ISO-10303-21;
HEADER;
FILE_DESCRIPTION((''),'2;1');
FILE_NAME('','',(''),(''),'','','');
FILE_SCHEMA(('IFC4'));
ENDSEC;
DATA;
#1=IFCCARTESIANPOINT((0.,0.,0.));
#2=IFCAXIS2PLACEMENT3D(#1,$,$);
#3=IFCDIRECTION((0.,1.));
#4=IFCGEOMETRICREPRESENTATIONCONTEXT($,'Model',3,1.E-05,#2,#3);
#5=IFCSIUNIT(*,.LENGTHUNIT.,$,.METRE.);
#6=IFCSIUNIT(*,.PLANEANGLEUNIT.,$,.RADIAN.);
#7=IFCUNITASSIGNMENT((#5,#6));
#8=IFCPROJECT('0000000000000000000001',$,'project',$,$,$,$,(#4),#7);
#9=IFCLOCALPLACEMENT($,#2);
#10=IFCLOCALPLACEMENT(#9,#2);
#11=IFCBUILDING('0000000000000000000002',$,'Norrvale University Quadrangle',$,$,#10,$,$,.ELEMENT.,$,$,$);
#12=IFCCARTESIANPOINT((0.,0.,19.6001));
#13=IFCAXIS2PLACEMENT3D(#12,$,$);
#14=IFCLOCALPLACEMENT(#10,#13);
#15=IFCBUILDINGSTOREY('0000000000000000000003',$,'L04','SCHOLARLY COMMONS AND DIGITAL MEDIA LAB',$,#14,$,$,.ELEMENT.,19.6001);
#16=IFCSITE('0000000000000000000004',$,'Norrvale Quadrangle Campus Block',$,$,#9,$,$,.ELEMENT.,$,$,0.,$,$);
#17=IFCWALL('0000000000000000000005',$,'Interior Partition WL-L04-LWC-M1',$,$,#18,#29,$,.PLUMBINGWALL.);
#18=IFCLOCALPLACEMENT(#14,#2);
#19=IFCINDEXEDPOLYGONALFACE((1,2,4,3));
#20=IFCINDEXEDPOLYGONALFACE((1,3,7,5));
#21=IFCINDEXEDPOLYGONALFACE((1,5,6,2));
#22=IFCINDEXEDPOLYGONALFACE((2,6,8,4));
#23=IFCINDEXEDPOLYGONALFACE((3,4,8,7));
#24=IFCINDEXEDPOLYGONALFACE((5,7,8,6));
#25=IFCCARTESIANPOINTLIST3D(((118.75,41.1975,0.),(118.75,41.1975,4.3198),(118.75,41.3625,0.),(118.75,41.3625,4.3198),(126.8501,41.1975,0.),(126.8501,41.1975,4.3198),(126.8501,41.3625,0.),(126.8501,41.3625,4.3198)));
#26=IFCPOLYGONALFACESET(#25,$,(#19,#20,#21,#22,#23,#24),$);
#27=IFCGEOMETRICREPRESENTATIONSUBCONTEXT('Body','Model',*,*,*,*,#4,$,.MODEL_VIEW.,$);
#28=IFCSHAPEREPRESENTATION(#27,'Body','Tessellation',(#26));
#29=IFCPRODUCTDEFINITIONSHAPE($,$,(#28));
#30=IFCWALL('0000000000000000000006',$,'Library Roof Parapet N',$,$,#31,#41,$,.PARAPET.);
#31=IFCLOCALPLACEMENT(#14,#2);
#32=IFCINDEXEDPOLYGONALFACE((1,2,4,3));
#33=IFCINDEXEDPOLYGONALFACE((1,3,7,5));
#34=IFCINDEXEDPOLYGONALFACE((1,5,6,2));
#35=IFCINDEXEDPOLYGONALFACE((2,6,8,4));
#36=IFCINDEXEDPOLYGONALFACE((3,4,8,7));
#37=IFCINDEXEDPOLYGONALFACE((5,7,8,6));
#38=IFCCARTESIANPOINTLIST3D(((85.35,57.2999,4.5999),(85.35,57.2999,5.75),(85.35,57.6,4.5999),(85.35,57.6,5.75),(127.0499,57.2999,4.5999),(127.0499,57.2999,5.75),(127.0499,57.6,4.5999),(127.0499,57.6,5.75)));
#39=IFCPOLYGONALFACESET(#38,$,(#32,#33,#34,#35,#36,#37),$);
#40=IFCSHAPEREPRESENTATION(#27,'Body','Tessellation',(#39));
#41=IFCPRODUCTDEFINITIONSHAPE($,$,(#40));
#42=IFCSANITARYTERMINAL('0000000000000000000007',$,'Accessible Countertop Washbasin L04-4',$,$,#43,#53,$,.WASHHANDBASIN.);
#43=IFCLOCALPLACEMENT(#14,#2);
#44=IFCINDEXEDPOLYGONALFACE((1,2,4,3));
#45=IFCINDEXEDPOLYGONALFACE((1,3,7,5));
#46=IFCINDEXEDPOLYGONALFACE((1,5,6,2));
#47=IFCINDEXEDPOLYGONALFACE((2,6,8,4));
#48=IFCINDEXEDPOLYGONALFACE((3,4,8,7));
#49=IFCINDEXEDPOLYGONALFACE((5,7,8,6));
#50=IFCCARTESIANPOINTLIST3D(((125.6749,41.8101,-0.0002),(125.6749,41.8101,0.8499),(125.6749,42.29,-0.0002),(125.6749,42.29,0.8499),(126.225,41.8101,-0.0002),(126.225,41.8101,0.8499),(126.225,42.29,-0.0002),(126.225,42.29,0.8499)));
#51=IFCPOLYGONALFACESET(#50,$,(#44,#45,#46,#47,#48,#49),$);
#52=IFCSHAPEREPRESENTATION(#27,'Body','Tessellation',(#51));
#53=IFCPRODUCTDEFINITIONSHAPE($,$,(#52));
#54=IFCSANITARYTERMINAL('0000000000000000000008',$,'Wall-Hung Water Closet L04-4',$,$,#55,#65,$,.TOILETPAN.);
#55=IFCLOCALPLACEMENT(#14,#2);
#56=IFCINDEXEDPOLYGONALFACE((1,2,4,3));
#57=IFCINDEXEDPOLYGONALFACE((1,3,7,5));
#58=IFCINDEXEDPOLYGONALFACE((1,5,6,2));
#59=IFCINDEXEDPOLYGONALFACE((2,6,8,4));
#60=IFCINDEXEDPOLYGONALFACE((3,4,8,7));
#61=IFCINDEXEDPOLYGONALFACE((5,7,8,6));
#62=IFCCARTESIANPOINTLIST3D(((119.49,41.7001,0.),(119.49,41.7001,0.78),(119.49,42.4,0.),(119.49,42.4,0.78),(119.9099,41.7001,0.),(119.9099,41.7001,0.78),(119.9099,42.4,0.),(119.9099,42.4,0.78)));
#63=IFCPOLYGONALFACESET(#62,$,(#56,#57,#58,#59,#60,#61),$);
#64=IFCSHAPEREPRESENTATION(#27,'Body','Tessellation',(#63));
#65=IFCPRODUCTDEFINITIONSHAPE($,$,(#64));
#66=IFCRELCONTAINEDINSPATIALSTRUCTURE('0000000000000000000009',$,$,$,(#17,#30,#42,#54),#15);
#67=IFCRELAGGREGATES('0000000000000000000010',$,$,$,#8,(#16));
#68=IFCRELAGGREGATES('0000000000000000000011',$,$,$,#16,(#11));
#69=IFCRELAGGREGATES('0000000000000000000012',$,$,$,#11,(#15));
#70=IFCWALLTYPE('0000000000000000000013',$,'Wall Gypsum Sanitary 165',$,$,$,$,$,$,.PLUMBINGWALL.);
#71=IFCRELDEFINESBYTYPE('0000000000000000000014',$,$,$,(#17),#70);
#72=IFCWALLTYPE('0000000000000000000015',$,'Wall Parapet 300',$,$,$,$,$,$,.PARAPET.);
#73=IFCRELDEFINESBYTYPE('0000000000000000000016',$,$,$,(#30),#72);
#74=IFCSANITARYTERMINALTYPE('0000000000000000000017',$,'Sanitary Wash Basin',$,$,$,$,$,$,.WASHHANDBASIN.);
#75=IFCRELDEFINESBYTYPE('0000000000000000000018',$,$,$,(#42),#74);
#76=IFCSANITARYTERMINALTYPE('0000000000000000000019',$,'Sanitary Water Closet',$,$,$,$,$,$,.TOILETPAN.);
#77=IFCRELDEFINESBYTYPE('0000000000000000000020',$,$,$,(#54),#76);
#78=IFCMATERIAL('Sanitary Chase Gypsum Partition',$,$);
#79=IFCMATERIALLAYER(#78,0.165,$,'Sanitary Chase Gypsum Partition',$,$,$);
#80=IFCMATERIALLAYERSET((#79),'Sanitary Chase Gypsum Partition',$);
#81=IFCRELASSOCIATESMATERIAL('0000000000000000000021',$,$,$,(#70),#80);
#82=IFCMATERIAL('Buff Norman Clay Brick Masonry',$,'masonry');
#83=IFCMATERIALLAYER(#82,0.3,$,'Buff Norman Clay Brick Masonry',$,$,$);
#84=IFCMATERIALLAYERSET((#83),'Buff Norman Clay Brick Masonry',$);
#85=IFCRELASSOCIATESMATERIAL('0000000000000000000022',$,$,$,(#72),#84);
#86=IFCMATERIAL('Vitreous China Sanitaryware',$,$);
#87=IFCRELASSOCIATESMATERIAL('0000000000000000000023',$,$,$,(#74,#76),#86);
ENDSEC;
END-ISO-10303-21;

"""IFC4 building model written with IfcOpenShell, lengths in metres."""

from ifc_helpers import new_model, si_unit, direction, frame, frame_2d, origin, origin_2d, place, context, subcontext, project, spatial, rectangle, extrude, material, layer, layer_set, type_object, element, save


model = new_model("IFC4")

# Units and contexts
model_context = context("Model", 3, precision=1e-05, world=origin(), true_north=direction((0.0, 1.0)))
body_context = subcontext(model_context, "Body", "Model", "MODEL_VIEW")
ifc_project = project(units=[si_unit("LENGTHUNIT", "METRE"), si_unit("PLANEANGLEUNIT", "RADIAN")], contexts=[model_context])

# Site, building, storey
site_placement = place(None, origin())
site = spatial("IfcSite", under=ifc_project, at=site_placement, Name="Norrvale Quadrangle Campus Block", CompositionType="ELEMENT", RefElevation=0.0)
building_placement = place(site_placement, origin())
building = spatial("IfcBuilding", under=site, at=building_placement, Name="Norrvale University Quadrangle", CompositionType="ELEMENT")
storey_placement = place(building_placement, frame((0.0, 0.0, 19.6001)))
storey = spatial("IfcBuildingStorey", under=building, at=storey_placement, Name="L04", Description="SCHOLARLY COMMONS AND DIGITAL MEDIA LAB", CompositionType="ELEMENT", Elevation=19.6001)

# Walls
ifc_material_1 = material(Name="Sanitary Chase Gypsum Partition")
ifc_layer_1 = layer(ifc_material_1, 0.165, Name="Sanitary Chase Gypsum Partition")
ifc_layer_set_1 = layer_set([ifc_layer_1], Name="Sanitary Chase Gypsum Partition")
wall_type_1 = type_object("IfcWallType", Name="Wall Gypsum Sanitary 165", PredefinedType="PLUMBINGWALL", material=ifc_layer_set_1)
wall_1_placement = place(storey_placement, frame((118.75, 41.28, 0.0), z_axis=(0.0, 0.0, 1.0), x_axis=(1.0, 0.0, 0.0)))
element("IfcWall", 1, at=wall_1_placement, inside=storey, type_object=wall_type_1, Name="Interior Partition WL-L04-LWC-M1", PredefinedType="PLUMBINGWALL", context=body_context, shape_type="SweptSolid", body=[
    extrude(rectangle(XDim=8.1001, YDim=0.165, at=frame_2d((4.05, 0.0))), origin(), (0.0, 0.0, 1.0), 4.3198),
])
ifc_material_2 = material(Name="Buff Norman Clay Brick Masonry", Category="masonry")
ifc_layer_2 = layer(ifc_material_2, 0.3, Name="Buff Norman Clay Brick Masonry")
ifc_layer_set_2 = layer_set([ifc_layer_2], Name="Buff Norman Clay Brick Masonry")
wall_type_2 = type_object("IfcWallType", Name="Wall Parapet 300", PredefinedType="PARAPET", material=ifc_layer_set_2)
wall_2_placement = place(storey_placement, frame((127.05, 57.45, 4.5999), z_axis=(0.0, 0.0, 1.0), x_axis=(-1.0, 0.0, 0.0)))
element("IfcWall", 2, at=wall_2_placement, inside=storey, type_object=wall_type_2, Name="Library Roof Parapet N", PredefinedType="PARAPET", context=body_context, shape_type="SweptSolid", body=[
    extrude(rectangle(XDim=41.7, YDim=0.3, at=frame_2d((20.8501, 0.0))), origin(), (0.0, 0.0, 1.0), 1.1501),
])

# Sanitary terminals
ifc_material_3 = material(Name="Vitreous China Sanitaryware")
sanitary_terminal_type_1 = type_object("IfcSanitaryTerminalType", Name="Sanitary Wash Basin", PredefinedType="WASHHANDBASIN", material=ifc_material_3)
sanitary_terminal_1_placement = place(storey_placement, frame((125.95, 42.05, -0.0002), z_axis=(0.0, 0.0, 1.0), x_axis=(1.0, 0.0, 0.0)))
element("IfcSanitaryTerminal", 3, at=sanitary_terminal_1_placement, inside=storey, type_object=sanitary_terminal_type_1, Name="Accessible Countertop Washbasin L04-4", PredefinedType="WASHHANDBASIN", context=body_context, shape_type="SweptSolid", body=[
    extrude(rectangle(XDim=0.55, YDim=0.48, at=origin_2d()), origin(), (0.0, 0.0, 1.0), 0.8501),
])
sanitary_terminal_type_2 = type_object("IfcSanitaryTerminalType", Name="Sanitary Water Closet", PredefinedType="TOILETPAN", material=ifc_material_3)
sanitary_terminal_2_placement = place(storey_placement, frame((119.7, 42.05, 0.0), z_axis=(0.0, 0.0, 1.0), x_axis=(1.0, 0.0, 0.0)))
element("IfcSanitaryTerminal", 4, at=sanitary_terminal_2_placement, inside=storey, type_object=sanitary_terminal_type_2, Name="Wall-Hung Water Closet L04-4", PredefinedType="TOILETPAN", context=body_context, shape_type="SweptSolid", body=[
    extrude(rectangle(XDim=0.4199, YDim=0.7, at=origin_2d()), origin(), (0.0, 0.0, 1.0), 0.78),
])

save(model, "model.ifc")
